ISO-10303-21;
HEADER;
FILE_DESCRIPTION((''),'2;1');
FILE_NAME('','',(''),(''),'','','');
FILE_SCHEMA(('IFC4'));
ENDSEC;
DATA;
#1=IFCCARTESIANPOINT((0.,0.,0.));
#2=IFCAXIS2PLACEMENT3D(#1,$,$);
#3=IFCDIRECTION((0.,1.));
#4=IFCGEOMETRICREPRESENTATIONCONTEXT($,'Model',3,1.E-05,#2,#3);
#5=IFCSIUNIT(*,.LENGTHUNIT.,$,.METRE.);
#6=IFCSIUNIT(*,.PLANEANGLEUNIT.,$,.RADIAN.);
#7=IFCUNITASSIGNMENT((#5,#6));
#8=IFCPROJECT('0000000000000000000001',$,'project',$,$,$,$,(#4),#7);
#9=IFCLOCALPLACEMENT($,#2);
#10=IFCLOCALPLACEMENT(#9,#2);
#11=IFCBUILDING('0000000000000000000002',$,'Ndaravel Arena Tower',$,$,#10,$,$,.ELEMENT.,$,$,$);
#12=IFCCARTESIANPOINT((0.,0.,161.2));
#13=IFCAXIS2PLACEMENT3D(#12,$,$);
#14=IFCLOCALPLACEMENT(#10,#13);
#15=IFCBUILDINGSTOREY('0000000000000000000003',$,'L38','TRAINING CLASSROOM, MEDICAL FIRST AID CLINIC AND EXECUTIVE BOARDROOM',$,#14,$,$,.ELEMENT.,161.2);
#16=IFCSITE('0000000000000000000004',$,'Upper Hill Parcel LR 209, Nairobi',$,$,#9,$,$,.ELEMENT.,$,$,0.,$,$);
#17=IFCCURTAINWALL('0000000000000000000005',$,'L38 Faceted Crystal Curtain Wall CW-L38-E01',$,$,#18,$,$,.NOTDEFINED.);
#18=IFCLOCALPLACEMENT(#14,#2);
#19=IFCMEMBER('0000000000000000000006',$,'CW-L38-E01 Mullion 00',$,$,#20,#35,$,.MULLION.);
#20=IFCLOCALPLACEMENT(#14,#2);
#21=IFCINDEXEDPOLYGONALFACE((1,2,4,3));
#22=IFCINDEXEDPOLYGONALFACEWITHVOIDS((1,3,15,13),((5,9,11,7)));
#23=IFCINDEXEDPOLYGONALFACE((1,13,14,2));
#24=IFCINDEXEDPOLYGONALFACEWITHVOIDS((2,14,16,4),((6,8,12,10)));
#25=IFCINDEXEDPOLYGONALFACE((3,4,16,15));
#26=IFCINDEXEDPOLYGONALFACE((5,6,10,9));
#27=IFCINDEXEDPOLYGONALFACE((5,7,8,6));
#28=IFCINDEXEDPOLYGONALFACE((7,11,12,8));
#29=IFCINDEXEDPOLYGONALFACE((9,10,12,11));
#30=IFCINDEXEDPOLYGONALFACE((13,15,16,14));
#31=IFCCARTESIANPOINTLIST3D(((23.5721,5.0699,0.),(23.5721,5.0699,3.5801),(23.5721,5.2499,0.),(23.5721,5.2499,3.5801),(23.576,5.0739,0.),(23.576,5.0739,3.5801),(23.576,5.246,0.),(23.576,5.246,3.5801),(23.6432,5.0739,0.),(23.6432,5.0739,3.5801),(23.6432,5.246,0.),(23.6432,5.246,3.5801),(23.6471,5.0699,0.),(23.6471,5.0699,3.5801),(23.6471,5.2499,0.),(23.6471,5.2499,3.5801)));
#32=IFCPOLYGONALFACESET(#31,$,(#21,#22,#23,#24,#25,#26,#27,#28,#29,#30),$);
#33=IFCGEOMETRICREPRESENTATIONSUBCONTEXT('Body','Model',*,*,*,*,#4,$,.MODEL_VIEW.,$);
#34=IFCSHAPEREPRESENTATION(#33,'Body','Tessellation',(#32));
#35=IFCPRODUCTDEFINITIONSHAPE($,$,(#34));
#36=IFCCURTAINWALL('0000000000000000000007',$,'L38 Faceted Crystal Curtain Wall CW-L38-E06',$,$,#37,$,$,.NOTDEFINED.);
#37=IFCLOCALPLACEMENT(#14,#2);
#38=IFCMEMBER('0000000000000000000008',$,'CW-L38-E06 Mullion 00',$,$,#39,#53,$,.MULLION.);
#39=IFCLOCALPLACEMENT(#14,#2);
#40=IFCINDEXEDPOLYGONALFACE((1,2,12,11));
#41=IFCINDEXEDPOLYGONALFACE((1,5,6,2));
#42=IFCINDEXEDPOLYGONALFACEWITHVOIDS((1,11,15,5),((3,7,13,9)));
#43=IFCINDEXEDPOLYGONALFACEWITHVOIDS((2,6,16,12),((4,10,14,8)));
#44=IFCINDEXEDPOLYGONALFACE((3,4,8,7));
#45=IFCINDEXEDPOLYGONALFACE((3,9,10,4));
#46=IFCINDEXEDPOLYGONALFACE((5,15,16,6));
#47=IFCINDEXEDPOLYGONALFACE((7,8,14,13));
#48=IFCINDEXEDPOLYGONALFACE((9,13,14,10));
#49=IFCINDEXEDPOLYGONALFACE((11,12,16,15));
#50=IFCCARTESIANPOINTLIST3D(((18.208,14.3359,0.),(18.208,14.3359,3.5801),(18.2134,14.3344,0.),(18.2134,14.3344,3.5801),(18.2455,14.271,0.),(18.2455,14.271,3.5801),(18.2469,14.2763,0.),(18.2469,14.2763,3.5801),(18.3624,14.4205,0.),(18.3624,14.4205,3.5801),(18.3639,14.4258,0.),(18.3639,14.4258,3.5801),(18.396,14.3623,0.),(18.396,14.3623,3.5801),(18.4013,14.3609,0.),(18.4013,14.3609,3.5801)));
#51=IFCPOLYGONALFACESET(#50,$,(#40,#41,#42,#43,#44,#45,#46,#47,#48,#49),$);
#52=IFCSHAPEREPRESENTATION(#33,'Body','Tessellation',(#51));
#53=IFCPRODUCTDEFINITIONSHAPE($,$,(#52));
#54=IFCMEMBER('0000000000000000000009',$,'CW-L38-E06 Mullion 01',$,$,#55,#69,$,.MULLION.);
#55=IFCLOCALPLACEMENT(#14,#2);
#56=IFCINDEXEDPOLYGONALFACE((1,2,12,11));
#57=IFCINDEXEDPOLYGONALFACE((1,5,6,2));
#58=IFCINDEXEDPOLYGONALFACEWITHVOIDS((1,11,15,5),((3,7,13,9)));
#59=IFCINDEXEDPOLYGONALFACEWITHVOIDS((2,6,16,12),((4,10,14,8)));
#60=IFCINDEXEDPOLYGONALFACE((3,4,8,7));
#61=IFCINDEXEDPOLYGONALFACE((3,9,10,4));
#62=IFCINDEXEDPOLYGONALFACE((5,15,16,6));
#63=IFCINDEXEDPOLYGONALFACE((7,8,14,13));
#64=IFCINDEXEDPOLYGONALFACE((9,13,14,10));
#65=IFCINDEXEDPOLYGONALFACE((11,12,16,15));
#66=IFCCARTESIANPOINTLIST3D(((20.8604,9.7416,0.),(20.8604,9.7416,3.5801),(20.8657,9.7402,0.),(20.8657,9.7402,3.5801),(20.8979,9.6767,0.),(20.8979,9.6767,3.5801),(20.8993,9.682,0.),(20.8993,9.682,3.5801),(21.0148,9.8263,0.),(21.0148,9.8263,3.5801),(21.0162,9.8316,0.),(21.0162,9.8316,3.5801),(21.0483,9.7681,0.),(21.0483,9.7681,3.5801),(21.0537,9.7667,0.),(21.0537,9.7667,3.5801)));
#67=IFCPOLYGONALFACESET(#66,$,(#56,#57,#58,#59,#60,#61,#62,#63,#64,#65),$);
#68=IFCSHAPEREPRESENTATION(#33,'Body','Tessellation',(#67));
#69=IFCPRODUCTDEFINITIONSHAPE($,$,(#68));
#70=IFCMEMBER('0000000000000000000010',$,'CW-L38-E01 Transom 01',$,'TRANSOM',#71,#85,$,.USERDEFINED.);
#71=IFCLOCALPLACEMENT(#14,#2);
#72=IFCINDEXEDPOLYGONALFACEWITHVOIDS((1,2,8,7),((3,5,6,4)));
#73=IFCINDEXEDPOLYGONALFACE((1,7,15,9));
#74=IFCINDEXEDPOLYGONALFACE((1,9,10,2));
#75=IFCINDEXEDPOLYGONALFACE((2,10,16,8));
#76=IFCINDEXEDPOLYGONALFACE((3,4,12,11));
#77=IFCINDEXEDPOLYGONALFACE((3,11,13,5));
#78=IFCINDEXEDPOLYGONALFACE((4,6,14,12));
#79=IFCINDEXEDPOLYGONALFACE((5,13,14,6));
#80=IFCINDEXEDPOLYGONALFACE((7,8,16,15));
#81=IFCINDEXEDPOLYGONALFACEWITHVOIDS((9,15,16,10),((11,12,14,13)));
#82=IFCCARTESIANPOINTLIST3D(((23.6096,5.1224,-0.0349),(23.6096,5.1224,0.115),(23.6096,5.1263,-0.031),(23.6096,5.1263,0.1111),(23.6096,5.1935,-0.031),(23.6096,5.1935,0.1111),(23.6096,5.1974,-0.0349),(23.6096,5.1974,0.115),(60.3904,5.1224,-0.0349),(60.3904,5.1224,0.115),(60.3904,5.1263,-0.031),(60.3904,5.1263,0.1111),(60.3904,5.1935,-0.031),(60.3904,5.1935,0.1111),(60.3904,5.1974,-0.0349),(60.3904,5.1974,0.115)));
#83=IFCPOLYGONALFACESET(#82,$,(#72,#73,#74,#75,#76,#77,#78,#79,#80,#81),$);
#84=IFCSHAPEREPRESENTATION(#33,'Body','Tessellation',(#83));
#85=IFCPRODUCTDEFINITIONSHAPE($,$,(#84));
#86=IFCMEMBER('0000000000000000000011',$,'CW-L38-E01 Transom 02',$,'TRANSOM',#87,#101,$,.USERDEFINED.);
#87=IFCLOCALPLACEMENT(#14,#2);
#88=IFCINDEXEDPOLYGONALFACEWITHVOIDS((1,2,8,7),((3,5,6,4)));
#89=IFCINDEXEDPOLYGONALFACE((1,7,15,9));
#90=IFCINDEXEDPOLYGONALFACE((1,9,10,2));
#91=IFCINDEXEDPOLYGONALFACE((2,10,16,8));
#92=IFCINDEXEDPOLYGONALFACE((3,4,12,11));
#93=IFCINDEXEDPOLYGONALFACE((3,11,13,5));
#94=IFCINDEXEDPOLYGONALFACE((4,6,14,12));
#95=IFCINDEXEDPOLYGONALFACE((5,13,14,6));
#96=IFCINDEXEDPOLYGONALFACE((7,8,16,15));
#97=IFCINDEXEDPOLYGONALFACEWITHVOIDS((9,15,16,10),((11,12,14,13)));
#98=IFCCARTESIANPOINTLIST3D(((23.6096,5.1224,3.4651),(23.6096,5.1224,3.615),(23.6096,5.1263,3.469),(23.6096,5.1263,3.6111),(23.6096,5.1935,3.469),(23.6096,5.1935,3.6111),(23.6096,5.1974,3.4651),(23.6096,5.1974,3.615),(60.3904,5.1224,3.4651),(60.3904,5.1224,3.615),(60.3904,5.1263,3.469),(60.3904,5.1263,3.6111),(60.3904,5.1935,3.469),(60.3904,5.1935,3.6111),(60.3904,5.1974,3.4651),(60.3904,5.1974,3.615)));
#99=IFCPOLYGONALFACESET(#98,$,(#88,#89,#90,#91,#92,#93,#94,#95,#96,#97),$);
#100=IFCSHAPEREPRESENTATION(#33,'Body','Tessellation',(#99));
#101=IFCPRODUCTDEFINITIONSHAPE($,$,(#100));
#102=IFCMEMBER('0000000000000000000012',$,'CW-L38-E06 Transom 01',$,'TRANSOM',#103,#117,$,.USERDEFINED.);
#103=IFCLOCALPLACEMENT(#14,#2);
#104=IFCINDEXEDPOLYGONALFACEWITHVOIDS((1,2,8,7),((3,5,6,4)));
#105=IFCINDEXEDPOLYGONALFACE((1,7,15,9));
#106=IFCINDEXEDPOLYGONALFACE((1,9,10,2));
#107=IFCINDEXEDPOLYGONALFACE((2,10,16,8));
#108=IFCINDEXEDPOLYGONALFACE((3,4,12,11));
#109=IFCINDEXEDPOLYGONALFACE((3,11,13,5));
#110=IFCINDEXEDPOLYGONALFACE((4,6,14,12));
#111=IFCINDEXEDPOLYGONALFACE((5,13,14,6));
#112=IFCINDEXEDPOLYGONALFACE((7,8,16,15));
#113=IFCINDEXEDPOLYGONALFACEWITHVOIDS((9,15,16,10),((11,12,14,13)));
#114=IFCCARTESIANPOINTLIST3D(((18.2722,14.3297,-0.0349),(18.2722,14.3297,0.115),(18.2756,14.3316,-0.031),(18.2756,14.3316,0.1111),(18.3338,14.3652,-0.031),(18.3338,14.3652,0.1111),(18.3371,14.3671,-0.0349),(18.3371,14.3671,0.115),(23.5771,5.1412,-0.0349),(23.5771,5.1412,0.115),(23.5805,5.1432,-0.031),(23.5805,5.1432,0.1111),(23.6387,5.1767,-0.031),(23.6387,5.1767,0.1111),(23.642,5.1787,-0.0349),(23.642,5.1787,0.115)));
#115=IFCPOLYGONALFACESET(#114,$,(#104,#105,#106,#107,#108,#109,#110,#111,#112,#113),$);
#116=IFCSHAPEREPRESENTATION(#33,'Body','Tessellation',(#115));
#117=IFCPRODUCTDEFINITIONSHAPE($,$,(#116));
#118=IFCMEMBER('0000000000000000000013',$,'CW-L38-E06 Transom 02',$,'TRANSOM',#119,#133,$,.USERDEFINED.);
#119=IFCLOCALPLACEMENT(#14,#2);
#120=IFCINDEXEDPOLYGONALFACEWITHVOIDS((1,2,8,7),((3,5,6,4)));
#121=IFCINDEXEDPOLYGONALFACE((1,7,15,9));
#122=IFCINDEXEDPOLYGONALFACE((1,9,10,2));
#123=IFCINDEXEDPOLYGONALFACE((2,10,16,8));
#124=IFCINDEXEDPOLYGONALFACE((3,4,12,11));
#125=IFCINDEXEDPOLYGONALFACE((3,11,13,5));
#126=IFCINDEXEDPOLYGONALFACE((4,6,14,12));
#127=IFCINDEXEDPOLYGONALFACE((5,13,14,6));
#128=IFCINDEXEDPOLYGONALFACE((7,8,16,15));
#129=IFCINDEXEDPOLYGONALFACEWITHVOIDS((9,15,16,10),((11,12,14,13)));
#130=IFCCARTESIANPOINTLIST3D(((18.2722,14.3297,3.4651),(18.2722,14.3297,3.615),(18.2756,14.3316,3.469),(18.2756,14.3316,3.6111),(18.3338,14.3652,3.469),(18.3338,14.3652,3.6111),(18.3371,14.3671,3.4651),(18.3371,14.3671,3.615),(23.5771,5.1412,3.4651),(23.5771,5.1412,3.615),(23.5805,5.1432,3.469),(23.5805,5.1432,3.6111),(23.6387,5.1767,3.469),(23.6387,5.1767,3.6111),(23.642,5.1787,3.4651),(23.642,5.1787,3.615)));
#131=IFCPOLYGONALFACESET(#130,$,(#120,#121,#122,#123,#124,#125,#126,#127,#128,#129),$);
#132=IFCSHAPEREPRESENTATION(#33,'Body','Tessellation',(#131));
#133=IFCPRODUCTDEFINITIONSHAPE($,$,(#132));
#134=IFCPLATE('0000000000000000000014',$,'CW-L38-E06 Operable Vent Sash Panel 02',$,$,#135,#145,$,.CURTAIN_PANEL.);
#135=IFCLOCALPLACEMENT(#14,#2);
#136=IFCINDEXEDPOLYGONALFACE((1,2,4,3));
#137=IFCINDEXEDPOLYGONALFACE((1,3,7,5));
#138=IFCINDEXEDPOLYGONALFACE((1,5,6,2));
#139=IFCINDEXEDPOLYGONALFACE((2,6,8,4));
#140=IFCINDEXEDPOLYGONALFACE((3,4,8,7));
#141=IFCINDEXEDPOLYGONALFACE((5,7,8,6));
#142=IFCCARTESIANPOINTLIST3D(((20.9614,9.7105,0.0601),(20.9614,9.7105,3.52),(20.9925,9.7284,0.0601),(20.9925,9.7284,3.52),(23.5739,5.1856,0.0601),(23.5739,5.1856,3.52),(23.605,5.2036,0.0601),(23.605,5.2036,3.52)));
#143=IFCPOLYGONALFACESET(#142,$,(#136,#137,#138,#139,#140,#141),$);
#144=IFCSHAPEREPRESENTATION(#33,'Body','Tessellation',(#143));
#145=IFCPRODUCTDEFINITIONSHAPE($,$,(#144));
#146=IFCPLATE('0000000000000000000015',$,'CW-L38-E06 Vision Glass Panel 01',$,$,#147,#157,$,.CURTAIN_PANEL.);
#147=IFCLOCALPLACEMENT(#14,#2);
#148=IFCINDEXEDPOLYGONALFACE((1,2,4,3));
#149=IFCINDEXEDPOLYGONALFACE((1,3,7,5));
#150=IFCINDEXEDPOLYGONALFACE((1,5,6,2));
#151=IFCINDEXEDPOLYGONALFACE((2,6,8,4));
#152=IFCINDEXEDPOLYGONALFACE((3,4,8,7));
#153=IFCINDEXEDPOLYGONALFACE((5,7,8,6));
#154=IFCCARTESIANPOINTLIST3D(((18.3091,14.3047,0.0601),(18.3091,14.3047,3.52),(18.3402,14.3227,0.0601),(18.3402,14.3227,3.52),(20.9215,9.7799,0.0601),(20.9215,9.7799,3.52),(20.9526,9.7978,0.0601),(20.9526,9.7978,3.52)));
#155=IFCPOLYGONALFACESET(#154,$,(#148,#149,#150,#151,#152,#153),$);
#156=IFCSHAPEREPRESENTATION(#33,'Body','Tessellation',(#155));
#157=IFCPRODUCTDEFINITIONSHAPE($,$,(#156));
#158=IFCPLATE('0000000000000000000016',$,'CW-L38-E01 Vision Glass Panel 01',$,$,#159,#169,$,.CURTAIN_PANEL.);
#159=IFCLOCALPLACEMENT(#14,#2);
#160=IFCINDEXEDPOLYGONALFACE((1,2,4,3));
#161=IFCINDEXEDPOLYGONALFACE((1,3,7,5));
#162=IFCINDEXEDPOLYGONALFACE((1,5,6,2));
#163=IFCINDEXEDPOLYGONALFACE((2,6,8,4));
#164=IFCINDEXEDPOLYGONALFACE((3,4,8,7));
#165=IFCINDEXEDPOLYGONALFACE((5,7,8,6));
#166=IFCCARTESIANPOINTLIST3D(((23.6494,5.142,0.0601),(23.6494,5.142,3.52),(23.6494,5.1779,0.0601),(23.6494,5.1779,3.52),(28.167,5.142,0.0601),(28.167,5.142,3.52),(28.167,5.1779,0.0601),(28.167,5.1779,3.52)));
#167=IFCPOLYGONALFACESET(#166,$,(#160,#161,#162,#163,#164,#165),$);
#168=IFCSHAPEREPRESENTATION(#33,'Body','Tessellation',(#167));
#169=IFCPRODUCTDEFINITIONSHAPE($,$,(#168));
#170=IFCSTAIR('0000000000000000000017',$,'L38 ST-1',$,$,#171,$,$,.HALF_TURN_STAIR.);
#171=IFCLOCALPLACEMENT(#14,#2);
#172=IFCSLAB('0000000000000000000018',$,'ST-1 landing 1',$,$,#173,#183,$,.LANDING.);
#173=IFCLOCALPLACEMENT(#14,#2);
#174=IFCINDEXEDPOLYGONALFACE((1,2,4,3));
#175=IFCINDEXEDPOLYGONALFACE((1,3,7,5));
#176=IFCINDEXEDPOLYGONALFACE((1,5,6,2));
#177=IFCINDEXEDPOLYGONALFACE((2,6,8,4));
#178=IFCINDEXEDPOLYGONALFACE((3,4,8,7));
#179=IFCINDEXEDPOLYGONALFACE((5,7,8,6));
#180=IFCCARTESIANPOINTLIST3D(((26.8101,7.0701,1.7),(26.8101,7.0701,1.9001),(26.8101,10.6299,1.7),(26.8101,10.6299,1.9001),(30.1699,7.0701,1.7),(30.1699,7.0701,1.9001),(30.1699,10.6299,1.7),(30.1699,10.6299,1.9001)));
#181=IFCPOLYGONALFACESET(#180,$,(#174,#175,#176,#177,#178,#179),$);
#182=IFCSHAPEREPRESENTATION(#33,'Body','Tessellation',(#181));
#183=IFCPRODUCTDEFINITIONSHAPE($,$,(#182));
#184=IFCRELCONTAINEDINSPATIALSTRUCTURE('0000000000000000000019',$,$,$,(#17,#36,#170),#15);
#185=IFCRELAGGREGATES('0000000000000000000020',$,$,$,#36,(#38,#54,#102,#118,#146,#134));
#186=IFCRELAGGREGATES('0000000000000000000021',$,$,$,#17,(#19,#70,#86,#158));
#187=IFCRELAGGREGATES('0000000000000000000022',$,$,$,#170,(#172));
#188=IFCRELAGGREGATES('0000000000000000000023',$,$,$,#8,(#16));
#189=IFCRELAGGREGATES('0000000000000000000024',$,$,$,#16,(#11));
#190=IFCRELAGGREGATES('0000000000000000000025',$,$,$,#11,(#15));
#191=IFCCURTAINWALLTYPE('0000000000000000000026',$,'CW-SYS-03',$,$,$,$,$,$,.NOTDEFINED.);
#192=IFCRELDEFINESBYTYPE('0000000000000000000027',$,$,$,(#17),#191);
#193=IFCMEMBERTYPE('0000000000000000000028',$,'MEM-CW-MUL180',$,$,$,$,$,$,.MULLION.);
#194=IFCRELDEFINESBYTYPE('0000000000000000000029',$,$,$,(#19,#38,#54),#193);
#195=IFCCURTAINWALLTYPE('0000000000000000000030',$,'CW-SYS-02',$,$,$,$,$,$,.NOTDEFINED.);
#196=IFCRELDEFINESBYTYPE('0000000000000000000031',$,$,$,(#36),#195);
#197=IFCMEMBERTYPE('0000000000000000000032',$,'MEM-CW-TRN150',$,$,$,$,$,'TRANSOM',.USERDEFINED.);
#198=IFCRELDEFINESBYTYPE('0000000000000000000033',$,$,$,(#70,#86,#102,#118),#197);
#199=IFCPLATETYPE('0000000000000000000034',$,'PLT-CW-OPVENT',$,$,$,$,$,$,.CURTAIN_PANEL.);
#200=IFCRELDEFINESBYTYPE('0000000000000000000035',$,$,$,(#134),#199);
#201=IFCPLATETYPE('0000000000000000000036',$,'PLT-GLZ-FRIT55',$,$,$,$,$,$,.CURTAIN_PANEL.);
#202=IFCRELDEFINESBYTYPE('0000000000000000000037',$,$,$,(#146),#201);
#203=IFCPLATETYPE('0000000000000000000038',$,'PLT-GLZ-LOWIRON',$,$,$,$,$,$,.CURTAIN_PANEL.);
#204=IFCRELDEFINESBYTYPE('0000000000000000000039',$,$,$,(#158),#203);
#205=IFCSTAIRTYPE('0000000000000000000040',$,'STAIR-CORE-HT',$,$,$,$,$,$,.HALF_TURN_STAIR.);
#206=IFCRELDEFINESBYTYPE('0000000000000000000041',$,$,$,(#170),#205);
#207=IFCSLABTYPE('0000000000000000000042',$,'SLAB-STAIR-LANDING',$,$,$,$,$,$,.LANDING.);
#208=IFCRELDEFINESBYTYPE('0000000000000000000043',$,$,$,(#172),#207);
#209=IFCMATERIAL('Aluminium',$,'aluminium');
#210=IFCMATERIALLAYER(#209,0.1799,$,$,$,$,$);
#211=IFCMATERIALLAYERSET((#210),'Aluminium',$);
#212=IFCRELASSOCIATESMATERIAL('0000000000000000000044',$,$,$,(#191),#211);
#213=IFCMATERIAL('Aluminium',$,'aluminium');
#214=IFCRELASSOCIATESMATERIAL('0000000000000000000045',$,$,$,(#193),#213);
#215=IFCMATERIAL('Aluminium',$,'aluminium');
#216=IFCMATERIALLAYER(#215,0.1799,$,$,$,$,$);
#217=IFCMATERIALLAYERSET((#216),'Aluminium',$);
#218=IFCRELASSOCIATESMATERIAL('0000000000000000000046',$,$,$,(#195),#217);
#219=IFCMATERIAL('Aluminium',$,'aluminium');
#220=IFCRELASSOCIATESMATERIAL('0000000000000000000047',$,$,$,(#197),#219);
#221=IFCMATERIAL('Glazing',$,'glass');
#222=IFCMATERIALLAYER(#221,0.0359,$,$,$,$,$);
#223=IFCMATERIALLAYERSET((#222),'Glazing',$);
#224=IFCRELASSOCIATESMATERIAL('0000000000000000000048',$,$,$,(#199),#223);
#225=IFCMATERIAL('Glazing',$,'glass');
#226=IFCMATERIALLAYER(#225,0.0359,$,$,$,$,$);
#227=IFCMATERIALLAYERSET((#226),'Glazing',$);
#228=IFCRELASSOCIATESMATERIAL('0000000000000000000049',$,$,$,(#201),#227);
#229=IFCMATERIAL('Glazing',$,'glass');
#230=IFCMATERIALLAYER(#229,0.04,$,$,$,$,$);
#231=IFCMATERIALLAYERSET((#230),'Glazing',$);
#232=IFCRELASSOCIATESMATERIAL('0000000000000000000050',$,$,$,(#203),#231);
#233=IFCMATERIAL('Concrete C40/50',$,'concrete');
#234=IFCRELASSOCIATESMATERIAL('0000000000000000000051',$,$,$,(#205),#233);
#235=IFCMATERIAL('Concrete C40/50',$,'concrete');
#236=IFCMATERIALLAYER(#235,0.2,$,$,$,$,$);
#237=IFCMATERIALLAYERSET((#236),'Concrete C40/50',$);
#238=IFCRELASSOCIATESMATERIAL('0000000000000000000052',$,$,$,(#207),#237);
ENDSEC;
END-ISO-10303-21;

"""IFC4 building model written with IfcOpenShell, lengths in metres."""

from ifc_helpers import new_model, si_unit, direction, frame, origin, origin_2d, place, context, subcontext, project, spatial, polyline, rectangle, hollow_rectangle, outline, extrude, material, layer, layer_set, material_profile, profile_set, type_object, element, aggregate, save


model = new_model("IFC4")

# Units and contexts
model_context = context("Model", 3, precision=1e-05, world=origin(), true_north=direction((0.0, 1.0)))
body_context = subcontext(model_context, "Body", "Model", "MODEL_VIEW")
ifc_project = project(units=[si_unit("LENGTHUNIT", "METRE"), si_unit("PLANEANGLEUNIT", "RADIAN")], contexts=[model_context])

# Site, building, storey
site_placement = place(None, origin())
site = spatial("IfcSite", under=ifc_project, at=site_placement, Name="Upper Hill Parcel LR 209, Nairobi", CompositionType="ELEMENT", RefElevation=0.0)
building_placement = place(site_placement, origin())
building = spatial("IfcBuilding", under=site, at=building_placement, Name="Ndaravel Arena Tower", CompositionType="ELEMENT")
storey_placement = place(building_placement, frame((0.0, 0.0, 161.2)))
storey = spatial("IfcBuildingStorey", under=building, at=storey_placement, Name="L38", Description="TRAINING CLASSROOM, MEDICAL FIRST AID CLINIC AND EXECUTIVE BOARDROOM", CompositionType="ELEMENT", Elevation=161.2)

# Curtain wall, member
ifc_material_1 = material(Name="Aluminium", Category="aluminium")
ifc_layer_1 = layer(ifc_material_1, 0.1799)
ifc_layer_set_1 = layer_set([ifc_layer_1], Name="Aluminium")
curtain_wall_type_1 = type_object("IfcCurtainWallType", Name="CW-SYS-03", PredefinedType="NOTDEFINED", material=ifc_layer_set_1)
curtain_wall_1_placement = place(storey_placement, origin())
curtain_wall_1 = element("IfcCurtainWall", 1, at=curtain_wall_1_placement, inside=storey, type_object=curtain_wall_type_1, Name="L38 Faceted Crystal Curtain Wall CW-L38-E01", PredefinedType="NOTDEFINED")
ifc_material_2 = material(Name="Aluminium", Category="aluminium")
ifc_material_profile_1 = material_profile(ifc_material_2, hollow_rectangle(XDim=0.075, YDim=0.1799, WallThickness=0.0039, at=origin_2d()), Name="CW MULLION 75x180x4")
ifc_profile_set_1 = profile_set([ifc_material_profile_1], Name="Aluminium")
member_type_1 = type_object("IfcMemberType", Name="MEM-CW-MUL180", PredefinedType="MULLION", material=ifc_profile_set_1)
member_1_placement = place(storey_placement, frame((23.6096, 5.1599, 0.0), z_axis=(0.0, 0.0, 1.0), x_axis=(1.0, 0.0, 0.0)))
member_1 = element("IfcMember", 2, at=member_1_placement, type_object=member_type_1, Name="CW-L38-E01 Mullion 00", PredefinedType="MULLION", context=body_context, shape_type="SweptSolid", body=[
    extrude(hollow_rectangle(XDim=0.075, YDim=0.1799, WallThickness=0.0039, at=origin_2d()), origin(), (0.0, 0.0, 1.0), 3.5801),
])

# Curtain wall, members
ifc_material_3 = material(Name="Aluminium", Category="aluminium")
ifc_layer_2 = layer(ifc_material_3, 0.1799)
ifc_layer_set_2 = layer_set([ifc_layer_2], Name="Aluminium")
curtain_wall_type_2 = type_object("IfcCurtainWallType", Name="CW-SYS-02", PredefinedType="NOTDEFINED", material=ifc_layer_set_2)
curtain_wall_2_placement = place(storey_placement, origin())
curtain_wall_2 = element("IfcCurtainWall", 3, at=curtain_wall_2_placement, inside=storey, type_object=curtain_wall_type_2, Name="L38 Faceted Crystal Curtain Wall CW-L38-E06", PredefinedType="NOTDEFINED")
member_2_placement = place(storey_placement, frame((18.3047, 14.3484, 0.0), z_axis=(0.0, 0.0, 1.0), x_axis=(0.5, -0.866025, 0.0)))
member_2 = element("IfcMember", 4, at=member_2_placement, type_object=member_type_1, Name="CW-L38-E06 Mullion 00", PredefinedType="MULLION", context=body_context, shape_type="SweptSolid", body=[
    extrude(hollow_rectangle(XDim=0.075, YDim=0.1799, WallThickness=0.0039, at=origin_2d()), origin(), (0.0, 0.0, 1.0), 3.5801),
])
member_3_placement = place(storey_placement, frame((20.957, 9.7542, 0.0), z_axis=(0.0, 0.0, 1.0), x_axis=(0.5, -0.866025, 0.0)))
member_3 = element("IfcMember", 5, at=member_3_placement, type_object=member_type_1, Name="CW-L38-E06 Mullion 01", PredefinedType="MULLION", context=body_context, shape_type="SweptSolid", body=[
    extrude(hollow_rectangle(XDim=0.075, YDim=0.1799, WallThickness=0.0039, at=origin_2d()), origin(), (0.0, 0.0, 1.0), 3.5801),
])

# Members
ifc_material_4 = material(Name="Aluminium", Category="aluminium")
ifc_material_profile_2 = material_profile(ifc_material_4, hollow_rectangle(XDim=0.075, YDim=0.1499, WallThickness=0.0039, at=origin_2d()), Name="CW TRANSOM 75x150x4")
ifc_profile_set_2 = profile_set([ifc_material_profile_2], Name="Aluminium")
member_type_2 = type_object("IfcMemberType", Name="MEM-CW-TRN150", ElementType="TRANSOM", PredefinedType="USERDEFINED", material=ifc_profile_set_2)
member_4_placement = place(storey_placement, frame((23.6096, 5.1599, 0.04), z_axis=(1.0, 0.0, 0.0), x_axis=(0.0, 1.0, 0.0)))
member_4 = element("IfcMember", 6, at=member_4_placement, type_object=member_type_2, Name="CW-L38-E01 Transom 01", ObjectType="TRANSOM", PredefinedType="USERDEFINED", context=body_context, shape_type="SweptSolid", body=[
    extrude(hollow_rectangle(XDim=0.075, YDim=0.1499, WallThickness=0.0039, at=origin_2d()), origin(), (0.0, 0.0, 1.0), 36.7808),
])
member_5_placement = place(storey_placement, frame((23.6096, 5.1599, 3.54), z_axis=(1.0, 0.0, 0.0), x_axis=(0.0, 1.0, 0.0)))
member_5 = element("IfcMember", 7, at=member_5_placement, type_object=member_type_2, Name="CW-L38-E01 Transom 02", ObjectType="TRANSOM", PredefinedType="USERDEFINED", context=body_context, shape_type="SweptSolid", body=[
    extrude(hollow_rectangle(XDim=0.075, YDim=0.1499, WallThickness=0.0039, at=origin_2d()), origin(), (0.0, 0.0, 1.0), 36.7808),
])
member_6_placement = place(storey_placement, frame((18.3047, 14.3484, 0.04), z_axis=(0.499997, -0.866027, 0.0), x_axis=(0.866027, 0.499997, 0.0)))
member_6 = element("IfcMember", 8, at=member_6_placement, type_object=member_type_2, Name="CW-L38-E06 Transom 01", ObjectType="TRANSOM", PredefinedType="USERDEFINED", context=body_context, shape_type="SweptSolid", body=[
    extrude(hollow_rectangle(XDim=0.075, YDim=0.1499, WallThickness=0.0039, at=origin_2d()), origin(), (0.0, 0.0, 1.0), 10.6099),
])
member_7_placement = place(storey_placement, frame((18.3047, 14.3484, 3.54), z_axis=(0.499997, -0.866027, 0.0), x_axis=(0.866027, 0.499997, 0.0)))
member_7 = element("IfcMember", 9, at=member_7_placement, type_object=member_type_2, Name="CW-L38-E06 Transom 02", ObjectType="TRANSOM", PredefinedType="USERDEFINED", context=body_context, shape_type="SweptSolid", body=[
    extrude(hollow_rectangle(XDim=0.075, YDim=0.1499, WallThickness=0.0039, at=origin_2d()), origin(), (0.0, 0.0, 1.0), 10.6099),
])

# Plates
ifc_material_5 = material(Name="Glazing", Category="glass")
ifc_layer_3 = layer(ifc_material_5, 0.0359)
ifc_layer_set_3 = layer_set([ifc_layer_3], Name="Glazing")
plate_type_1 = type_object("IfcPlateType", Name="PLT-CW-OPVENT", PredefinedType="CURTAIN_PANEL", material=ifc_layer_set_3)
plate_1_placement = place(storey_placement, frame((22.2832, 7.457, 0.0601), z_axis=(0.0, 0.0, 1.0), x_axis=(0.5, -0.866025, 0.0)))
plate_1 = element("IfcPlate", 10, at=plate_1_placement, type_object=plate_type_1, Name="CW-L38-E06 Operable Vent Sash Panel 02", PredefinedType="CURTAIN_PANEL", context=body_context, shape_type="SweptSolid", body=[
    extrude(rectangle(XDim=5.2249, YDim=0.0359, at=origin_2d()), origin(), (0.0, 0.0, 1.0), 3.46),
])
ifc_material_6 = material(Name="Glazing", Category="glass")
ifc_layer_4 = layer(ifc_material_6, 0.0359)
ifc_layer_set_4 = layer_set([ifc_layer_4], Name="Glazing")
plate_type_2 = type_object("IfcPlateType", Name="PLT-GLZ-FRIT55", PredefinedType="CURTAIN_PANEL", material=ifc_layer_set_4)
plate_2_placement = place(storey_placement, frame((19.6309, 12.0513, 0.0601), z_axis=(0.0, 0.0, 1.0), x_axis=(0.5, -0.866025, 0.0)))
plate_2 = element("IfcPlate", 11, at=plate_2_placement, type_object=plate_type_2, Name="CW-L38-E06 Vision Glass Panel 01", PredefinedType="CURTAIN_PANEL", context=body_context, shape_type="SweptSolid", body=[
    extrude(rectangle(XDim=5.2249, YDim=0.0359, at=origin_2d()), origin(), (0.0, 0.0, 1.0), 3.46),
])
aggregate(curtain_wall_2, [member_2, member_3, member_6, member_7, plate_2, plate_1])
ifc_material_7 = material(Name="Glazing", Category="glass")
ifc_layer_5 = layer(ifc_material_7, 0.04)
ifc_layer_set_5 = layer_set([ifc_layer_5], Name="Glazing")
plate_type_3 = type_object("IfcPlateType", Name="PLT-GLZ-LOWIRON", PredefinedType="CURTAIN_PANEL", material=ifc_layer_set_5)
plate_3_placement = place(storey_placement, frame((25.9082, 5.1599, 0.0601), z_axis=(0.0, 0.0, 1.0), x_axis=(1.0, 0.0, 0.0)))
plate_3 = element("IfcPlate", 12, at=plate_3_placement, type_object=plate_type_3, Name="CW-L38-E01 Vision Glass Panel 01", PredefinedType="CURTAIN_PANEL", context=body_context, shape_type="SweptSolid", body=[
    extrude(rectangle(XDim=4.5176, YDim=0.0359, at=origin_2d()), origin(), (0.0, 0.0, 1.0), 3.46),
])
aggregate(curtain_wall_1, [member_1, member_4, member_5, plate_3])

# Stair, slab
ifc_material_8 = material(Name="Concrete C40/50", Category="concrete")
stair_type = type_object("IfcStairType", Name="STAIR-CORE-HT", PredefinedType="HALF_TURN_STAIR", material=ifc_material_8)
stair_1_placement = place(storey_placement, origin())
stair_1 = element("IfcStair", 13, at=stair_1_placement, inside=storey, type_object=stair_type, Name="L38 ST-1", PredefinedType="HALF_TURN_STAIR")
ifc_material_9 = material(Name="Concrete C40/50", Category="concrete")
ifc_layer_6 = layer(ifc_material_9, 0.2)
ifc_layer_set_6 = layer_set([ifc_layer_6], Name="Concrete C40/50")
slab_type_1 = type_object("IfcSlabType", Name="SLAB-STAIR-LANDING", PredefinedType="LANDING", material=ifc_layer_set_6)
slab_1_placement = place(storey_placement, frame((0.0, 0.0, 1.7)))
slab_1 = element("IfcSlab", 14, at=slab_1_placement, type_object=slab_type_1, Name="ST-1 landing 1", PredefinedType="LANDING", context=body_context, shape_type="SweptSolid", body=[
    extrude(outline(polyline([(26.8101, 10.6299), (26.8101, 7.0701), (30.1699, 7.0701), (30.1699, 10.6299), (26.8101, 10.6299)])), origin(), (0.0, 0.0, 1.0), 0.2002),
])
aggregate(stair_1, [slab_1])

save(model, "model.ifc")
